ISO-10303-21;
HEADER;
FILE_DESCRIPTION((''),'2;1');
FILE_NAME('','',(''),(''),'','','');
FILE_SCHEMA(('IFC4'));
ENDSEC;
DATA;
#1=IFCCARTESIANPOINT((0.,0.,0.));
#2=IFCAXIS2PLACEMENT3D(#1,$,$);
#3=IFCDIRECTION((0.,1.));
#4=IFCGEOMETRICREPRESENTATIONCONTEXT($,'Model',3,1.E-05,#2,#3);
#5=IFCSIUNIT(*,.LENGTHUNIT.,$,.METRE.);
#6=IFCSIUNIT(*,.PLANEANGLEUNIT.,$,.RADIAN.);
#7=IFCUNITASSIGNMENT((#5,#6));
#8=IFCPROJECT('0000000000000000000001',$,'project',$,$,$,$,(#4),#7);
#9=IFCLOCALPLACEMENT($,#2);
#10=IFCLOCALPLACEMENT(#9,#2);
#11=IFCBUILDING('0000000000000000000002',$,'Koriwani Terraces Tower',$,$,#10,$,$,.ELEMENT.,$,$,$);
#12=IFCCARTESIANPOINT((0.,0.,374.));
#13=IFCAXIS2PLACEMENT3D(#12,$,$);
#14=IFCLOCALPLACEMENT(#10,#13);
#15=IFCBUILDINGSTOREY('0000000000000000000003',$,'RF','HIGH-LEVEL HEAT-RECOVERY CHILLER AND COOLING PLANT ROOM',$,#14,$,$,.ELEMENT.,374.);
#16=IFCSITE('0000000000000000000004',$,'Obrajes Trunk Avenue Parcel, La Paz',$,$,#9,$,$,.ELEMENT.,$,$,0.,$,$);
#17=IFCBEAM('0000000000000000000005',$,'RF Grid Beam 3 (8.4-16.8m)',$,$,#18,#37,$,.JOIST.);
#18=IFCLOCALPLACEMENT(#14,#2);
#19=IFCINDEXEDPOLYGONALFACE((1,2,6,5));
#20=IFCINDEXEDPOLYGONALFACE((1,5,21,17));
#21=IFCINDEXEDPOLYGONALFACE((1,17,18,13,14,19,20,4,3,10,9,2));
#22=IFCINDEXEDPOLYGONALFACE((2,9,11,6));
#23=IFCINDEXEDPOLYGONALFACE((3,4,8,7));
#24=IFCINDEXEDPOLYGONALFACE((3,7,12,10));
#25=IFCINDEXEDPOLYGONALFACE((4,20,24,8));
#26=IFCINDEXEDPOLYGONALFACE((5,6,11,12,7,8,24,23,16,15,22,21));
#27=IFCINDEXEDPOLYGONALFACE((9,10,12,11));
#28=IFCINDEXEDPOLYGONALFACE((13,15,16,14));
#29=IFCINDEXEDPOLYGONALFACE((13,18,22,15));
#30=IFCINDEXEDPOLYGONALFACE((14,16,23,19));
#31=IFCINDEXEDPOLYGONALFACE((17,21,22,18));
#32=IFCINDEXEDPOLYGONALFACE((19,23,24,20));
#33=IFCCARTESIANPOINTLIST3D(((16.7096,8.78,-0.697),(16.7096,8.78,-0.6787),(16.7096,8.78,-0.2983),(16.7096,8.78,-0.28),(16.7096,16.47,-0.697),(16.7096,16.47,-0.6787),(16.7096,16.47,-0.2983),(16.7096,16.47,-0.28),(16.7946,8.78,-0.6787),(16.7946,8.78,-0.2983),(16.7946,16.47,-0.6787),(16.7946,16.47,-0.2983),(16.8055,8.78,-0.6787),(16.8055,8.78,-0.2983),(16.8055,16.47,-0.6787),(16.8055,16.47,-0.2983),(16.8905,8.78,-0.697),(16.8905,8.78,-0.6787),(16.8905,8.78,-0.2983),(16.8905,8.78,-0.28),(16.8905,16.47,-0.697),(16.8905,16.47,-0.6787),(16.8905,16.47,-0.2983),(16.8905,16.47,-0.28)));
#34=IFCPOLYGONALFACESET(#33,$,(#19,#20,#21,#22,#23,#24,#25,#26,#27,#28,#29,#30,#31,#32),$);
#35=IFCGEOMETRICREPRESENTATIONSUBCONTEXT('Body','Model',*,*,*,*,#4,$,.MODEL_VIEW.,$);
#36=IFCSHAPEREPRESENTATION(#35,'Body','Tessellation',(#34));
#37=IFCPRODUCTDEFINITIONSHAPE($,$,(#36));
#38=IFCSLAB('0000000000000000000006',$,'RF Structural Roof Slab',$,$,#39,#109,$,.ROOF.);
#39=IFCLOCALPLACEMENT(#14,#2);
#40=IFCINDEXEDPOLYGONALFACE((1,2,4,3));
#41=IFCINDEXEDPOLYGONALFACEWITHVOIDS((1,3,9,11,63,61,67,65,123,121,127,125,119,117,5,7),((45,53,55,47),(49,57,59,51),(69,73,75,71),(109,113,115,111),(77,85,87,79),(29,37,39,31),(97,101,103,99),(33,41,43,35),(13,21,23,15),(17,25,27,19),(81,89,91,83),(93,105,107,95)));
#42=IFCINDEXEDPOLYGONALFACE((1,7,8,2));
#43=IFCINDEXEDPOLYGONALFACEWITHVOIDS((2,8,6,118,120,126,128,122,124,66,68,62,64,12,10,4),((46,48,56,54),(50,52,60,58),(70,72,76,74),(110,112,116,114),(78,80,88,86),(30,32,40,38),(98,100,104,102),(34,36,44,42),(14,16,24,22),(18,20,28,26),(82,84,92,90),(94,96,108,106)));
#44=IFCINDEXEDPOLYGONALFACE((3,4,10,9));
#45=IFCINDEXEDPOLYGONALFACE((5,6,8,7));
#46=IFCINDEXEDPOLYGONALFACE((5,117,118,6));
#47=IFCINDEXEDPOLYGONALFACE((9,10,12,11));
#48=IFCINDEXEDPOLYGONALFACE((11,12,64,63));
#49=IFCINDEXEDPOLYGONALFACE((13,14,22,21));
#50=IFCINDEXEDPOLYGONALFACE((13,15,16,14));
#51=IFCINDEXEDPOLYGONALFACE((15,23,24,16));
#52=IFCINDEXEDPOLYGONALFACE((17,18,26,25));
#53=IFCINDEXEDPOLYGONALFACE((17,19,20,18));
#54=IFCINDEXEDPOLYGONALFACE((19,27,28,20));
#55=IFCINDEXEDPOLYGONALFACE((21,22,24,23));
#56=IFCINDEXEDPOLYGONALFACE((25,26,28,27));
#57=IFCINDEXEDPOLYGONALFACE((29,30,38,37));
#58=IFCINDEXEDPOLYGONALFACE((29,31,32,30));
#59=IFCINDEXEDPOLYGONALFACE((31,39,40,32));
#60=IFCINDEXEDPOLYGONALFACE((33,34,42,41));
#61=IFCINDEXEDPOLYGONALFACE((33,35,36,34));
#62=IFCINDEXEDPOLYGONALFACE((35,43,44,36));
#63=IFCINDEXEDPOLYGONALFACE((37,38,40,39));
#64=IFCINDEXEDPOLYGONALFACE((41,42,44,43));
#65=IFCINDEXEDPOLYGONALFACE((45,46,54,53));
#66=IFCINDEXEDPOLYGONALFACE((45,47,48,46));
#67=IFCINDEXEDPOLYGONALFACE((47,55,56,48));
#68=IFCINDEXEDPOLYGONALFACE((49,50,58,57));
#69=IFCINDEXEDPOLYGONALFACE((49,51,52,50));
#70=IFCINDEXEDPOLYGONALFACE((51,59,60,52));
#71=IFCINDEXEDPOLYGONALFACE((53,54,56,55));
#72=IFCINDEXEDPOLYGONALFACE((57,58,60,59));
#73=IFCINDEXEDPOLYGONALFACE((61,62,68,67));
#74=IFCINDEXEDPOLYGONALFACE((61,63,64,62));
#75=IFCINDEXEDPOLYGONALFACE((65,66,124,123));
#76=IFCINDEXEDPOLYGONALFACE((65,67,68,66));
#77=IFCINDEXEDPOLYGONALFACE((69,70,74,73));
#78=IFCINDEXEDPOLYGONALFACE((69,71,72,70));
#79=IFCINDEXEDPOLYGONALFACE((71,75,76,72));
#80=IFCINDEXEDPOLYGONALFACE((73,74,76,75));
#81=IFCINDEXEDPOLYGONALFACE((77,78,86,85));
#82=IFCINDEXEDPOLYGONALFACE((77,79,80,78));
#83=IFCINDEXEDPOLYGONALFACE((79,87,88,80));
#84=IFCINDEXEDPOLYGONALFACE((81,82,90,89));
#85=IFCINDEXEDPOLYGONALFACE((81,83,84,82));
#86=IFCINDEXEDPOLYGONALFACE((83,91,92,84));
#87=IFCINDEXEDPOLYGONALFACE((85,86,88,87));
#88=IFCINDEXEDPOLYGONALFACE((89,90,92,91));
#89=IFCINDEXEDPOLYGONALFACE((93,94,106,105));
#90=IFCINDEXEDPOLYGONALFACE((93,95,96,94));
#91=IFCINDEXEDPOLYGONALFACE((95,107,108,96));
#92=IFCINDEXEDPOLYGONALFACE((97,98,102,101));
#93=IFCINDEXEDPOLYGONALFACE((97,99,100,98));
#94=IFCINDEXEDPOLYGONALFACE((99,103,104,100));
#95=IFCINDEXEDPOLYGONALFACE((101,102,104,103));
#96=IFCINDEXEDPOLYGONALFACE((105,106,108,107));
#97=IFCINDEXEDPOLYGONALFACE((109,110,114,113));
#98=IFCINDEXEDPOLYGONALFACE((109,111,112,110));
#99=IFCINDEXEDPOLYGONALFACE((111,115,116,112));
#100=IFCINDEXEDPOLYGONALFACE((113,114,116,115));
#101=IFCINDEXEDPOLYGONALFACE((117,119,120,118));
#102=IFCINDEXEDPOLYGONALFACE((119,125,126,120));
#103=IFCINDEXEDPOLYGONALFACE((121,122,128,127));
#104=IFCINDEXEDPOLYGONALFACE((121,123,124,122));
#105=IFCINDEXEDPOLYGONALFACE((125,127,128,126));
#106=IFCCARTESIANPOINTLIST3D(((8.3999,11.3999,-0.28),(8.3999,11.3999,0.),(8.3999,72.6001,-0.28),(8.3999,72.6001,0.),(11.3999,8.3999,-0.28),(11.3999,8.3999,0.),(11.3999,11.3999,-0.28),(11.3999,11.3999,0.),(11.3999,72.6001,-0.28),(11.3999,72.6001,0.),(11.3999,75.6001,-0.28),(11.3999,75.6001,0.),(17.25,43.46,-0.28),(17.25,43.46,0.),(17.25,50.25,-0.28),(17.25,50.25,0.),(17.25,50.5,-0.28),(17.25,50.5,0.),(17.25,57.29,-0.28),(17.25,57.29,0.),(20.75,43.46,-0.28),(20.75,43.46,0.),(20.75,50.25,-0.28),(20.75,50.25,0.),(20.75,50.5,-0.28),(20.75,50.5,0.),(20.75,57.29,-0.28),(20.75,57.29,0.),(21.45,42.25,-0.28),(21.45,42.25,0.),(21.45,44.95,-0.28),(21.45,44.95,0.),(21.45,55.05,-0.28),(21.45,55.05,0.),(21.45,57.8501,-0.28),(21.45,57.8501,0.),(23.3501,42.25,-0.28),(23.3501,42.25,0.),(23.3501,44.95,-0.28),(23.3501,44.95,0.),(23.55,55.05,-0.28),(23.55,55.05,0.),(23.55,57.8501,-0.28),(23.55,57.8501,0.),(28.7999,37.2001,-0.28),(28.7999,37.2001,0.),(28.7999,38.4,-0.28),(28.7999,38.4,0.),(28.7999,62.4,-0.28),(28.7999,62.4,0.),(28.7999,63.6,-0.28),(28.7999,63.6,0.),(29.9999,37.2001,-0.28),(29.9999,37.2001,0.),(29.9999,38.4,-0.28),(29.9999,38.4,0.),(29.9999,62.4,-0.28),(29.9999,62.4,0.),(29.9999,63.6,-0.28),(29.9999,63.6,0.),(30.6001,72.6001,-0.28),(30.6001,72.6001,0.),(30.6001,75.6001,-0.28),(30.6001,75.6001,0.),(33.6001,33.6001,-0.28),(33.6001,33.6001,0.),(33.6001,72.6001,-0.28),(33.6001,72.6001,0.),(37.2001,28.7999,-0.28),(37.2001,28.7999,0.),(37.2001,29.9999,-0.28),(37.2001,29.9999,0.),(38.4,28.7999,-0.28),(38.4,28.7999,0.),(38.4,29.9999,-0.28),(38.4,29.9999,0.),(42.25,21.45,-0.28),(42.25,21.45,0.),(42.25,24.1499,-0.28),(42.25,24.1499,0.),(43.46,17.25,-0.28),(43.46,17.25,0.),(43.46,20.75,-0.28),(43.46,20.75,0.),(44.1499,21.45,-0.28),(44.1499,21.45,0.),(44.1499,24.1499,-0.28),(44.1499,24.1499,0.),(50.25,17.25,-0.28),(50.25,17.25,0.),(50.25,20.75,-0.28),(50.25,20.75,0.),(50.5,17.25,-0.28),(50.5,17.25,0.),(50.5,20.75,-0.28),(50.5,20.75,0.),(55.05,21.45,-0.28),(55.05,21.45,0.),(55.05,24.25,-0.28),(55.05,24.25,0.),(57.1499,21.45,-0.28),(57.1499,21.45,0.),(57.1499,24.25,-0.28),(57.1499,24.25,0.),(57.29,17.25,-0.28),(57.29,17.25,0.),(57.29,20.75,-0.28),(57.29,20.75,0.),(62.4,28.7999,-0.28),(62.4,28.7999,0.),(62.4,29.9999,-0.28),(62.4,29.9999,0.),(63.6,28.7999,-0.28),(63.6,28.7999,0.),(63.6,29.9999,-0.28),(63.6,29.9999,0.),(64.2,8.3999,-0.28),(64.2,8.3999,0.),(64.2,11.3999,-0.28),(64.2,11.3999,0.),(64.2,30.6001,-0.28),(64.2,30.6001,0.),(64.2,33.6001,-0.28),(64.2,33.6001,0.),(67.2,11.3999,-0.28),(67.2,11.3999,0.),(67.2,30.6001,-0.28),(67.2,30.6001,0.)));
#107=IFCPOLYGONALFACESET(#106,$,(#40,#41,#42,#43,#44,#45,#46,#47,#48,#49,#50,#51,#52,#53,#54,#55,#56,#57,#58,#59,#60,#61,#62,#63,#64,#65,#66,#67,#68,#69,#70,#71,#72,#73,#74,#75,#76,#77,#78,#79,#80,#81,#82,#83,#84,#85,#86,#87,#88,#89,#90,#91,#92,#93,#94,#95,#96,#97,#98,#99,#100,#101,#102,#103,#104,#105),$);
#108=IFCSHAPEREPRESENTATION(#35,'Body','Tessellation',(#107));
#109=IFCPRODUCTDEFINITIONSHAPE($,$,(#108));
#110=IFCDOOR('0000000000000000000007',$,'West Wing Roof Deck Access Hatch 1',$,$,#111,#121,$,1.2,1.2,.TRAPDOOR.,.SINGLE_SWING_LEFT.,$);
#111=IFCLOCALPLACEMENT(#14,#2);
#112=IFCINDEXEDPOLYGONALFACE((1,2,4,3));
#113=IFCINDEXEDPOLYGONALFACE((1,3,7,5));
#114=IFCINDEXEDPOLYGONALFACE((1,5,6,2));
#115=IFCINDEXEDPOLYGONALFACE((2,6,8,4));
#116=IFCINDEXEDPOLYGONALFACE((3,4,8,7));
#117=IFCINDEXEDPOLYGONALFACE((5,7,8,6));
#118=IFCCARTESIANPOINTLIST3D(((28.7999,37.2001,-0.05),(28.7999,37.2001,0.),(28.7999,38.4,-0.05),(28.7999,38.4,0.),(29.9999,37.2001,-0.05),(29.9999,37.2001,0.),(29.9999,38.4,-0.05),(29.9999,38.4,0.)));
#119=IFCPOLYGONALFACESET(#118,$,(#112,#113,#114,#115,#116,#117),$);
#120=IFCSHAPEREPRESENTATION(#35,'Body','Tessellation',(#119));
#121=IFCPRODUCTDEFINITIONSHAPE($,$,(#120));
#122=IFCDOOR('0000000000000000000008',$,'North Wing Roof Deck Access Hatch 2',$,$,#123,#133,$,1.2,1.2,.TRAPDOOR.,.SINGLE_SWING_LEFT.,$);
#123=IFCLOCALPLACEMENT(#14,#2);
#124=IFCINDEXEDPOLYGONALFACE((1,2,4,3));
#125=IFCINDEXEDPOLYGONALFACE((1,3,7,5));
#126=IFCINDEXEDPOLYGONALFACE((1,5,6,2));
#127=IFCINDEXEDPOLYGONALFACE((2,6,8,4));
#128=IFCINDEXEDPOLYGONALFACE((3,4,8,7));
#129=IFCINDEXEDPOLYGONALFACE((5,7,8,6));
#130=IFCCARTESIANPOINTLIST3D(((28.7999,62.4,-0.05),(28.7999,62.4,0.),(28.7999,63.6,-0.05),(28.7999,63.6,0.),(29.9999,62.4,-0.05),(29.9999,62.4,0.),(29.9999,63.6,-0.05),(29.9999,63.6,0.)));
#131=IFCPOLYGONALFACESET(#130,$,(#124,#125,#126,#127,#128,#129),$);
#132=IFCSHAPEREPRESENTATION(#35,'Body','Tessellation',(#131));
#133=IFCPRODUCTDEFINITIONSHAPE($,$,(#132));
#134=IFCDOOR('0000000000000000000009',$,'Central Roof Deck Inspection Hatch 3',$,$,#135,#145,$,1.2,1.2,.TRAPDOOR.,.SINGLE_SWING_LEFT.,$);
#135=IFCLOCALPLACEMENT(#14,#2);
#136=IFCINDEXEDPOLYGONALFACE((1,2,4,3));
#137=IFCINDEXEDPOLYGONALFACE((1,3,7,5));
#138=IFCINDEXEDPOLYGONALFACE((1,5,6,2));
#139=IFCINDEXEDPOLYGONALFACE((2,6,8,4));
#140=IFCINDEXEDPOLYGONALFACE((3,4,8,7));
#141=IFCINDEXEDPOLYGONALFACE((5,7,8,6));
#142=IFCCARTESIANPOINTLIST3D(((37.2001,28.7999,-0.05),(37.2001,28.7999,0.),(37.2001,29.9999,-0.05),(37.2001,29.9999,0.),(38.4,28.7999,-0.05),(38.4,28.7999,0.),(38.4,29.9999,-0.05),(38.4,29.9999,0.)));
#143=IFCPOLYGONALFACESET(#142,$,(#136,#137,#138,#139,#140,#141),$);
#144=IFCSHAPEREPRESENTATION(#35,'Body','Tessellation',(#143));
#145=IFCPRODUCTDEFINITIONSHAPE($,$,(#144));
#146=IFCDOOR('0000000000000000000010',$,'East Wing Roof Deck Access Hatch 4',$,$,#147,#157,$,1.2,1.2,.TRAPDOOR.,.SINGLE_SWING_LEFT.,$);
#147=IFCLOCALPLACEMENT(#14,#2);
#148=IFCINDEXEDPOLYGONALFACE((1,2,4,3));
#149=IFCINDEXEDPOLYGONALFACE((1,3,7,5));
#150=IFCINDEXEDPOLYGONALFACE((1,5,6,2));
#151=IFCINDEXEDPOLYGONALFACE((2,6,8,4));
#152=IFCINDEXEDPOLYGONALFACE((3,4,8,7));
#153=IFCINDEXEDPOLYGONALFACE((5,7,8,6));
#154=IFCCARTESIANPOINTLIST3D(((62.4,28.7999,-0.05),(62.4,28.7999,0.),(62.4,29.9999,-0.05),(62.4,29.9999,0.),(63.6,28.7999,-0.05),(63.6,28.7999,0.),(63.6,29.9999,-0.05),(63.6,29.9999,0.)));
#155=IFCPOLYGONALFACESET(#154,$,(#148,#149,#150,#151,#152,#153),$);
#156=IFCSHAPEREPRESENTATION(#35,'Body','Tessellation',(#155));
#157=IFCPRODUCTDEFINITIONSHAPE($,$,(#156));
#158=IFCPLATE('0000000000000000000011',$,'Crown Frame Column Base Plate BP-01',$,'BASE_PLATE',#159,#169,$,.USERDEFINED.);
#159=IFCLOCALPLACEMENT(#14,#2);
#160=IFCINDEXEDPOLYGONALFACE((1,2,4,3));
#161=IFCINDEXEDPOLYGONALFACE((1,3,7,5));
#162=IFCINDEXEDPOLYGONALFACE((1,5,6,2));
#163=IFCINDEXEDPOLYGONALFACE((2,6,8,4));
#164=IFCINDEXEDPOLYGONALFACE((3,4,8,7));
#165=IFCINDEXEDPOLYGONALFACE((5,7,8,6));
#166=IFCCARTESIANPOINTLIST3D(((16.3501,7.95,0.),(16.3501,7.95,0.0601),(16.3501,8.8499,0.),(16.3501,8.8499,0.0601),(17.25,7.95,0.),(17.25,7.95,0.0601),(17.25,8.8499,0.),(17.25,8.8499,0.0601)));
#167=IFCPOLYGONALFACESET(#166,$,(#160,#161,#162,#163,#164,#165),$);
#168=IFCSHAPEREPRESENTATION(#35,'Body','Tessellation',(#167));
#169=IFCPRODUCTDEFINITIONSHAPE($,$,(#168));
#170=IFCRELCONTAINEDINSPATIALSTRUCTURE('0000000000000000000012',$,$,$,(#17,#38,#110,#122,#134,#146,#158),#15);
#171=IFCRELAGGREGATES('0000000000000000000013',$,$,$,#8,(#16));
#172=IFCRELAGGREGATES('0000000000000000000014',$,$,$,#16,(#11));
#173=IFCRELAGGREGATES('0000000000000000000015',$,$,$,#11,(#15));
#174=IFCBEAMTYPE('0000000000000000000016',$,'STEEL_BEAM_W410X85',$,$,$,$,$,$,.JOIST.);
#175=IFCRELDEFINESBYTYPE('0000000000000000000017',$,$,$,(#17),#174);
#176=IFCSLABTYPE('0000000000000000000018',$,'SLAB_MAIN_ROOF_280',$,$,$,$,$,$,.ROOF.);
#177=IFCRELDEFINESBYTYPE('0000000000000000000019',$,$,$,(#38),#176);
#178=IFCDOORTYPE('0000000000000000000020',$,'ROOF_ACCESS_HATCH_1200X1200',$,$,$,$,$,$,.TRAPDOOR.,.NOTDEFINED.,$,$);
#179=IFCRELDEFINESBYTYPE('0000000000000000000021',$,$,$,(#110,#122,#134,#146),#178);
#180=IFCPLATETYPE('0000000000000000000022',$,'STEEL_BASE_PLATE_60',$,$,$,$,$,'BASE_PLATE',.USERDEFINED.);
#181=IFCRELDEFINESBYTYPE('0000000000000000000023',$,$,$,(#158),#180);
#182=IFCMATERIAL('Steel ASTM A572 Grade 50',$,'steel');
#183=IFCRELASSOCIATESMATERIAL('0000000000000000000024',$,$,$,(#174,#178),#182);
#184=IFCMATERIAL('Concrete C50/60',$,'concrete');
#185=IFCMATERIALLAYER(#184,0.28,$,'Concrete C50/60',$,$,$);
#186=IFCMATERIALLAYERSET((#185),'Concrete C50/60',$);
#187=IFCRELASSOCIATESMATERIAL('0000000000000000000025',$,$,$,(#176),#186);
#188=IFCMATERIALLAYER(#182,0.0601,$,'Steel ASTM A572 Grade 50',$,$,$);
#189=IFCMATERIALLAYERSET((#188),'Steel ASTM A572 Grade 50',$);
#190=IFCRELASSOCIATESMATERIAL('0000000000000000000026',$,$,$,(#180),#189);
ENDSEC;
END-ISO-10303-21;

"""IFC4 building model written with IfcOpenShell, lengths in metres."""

from ifc_helpers import new_model, si_unit, direction, frame, origin, origin_2d, place, context, subcontext, project, spatial, polyline, rectangle, i_section, outline, extrude, material, layer, layer_set, material_profile, profile_set, type_object, element, fill, save


model = new_model("IFC4")

# Units and contexts
model_context = context("Model", 3, precision=1e-05, world=origin(), true_north=direction((0.0, 1.0)))
body_context = subcontext(model_context, "Body", "Model", "MODEL_VIEW")
ifc_project = project(units=[si_unit("LENGTHUNIT", "METRE"), si_unit("PLANEANGLEUNIT", "RADIAN")], contexts=[model_context])

# Site, building, storey
site_placement = place(None, origin())
site = spatial("IfcSite", under=ifc_project, at=site_placement, Name="Obrajes Trunk Avenue Parcel, La Paz", CompositionType="ELEMENT", RefElevation=0.0)
building_placement = place(site_placement, origin())
building = spatial("IfcBuilding", under=site, at=building_placement, Name="Koriwani Terraces Tower", CompositionType="ELEMENT")
storey_placement = place(building_placement, frame((0.0, 0.0, 374.0)))
storey = spatial("IfcBuildingStorey", under=building, at=storey_placement, Name="RF", Description="HIGH-LEVEL HEAT-RECOVERY CHILLER AND COOLING PLANT ROOM", CompositionType="ELEMENT", Elevation=374.0)

# Shared definitions
ifc_material_1 = material(Name="Steel ASTM A572 Grade 50", Category="steel")

# Beam
ifc_material_profile_1 = material_profile(ifc_material_1, i_section(OverallWidth=0.1809, OverallDepth=0.417, WebThickness=0.011, FlangeThickness=0.0183, at=origin_2d()), Name="Steel ASTM A572 Grade 50", Category="LoadBearing")
ifc_profile_set_1 = profile_set([ifc_material_profile_1], Name="Steel ASTM A572 Grade 50")
beam_type_1 = type_object("IfcBeamType", Name="STEEL_BEAM_W410X85", PredefinedType="JOIST", material=ifc_profile_set_1)
beam_1_placement = place(storey_placement, frame((16.8, 8.78, -0.4885), z_axis=(0.0, 1.0, 0.0), x_axis=(-1.0, 0.0, 0.0)))
element("IfcBeam", 1, at=beam_1_placement, inside=storey, type_object=beam_type_1, Name="RF Grid Beam 3 (8.4-16.8m)", PredefinedType="JOIST", context=body_context, shape_type="SweptSolid", body=[
    extrude(i_section(OverallWidth=0.1809, OverallDepth=0.417, WebThickness=0.011, FlangeThickness=0.0183, at=origin_2d()), origin(), (0.0, 0.0, 1.0), 7.6899),
])

# Slab, openings, doors
ifc_material_2 = material(Name="Concrete C50/60", Category="concrete")
ifc_layer_1 = layer(ifc_material_2, 0.28, Name="Concrete C50/60")
ifc_layer_set_1 = layer_set([ifc_layer_1], Name="Concrete C50/60")
slab_type = type_object("IfcSlabType", Name="SLAB_MAIN_ROOF_280", PredefinedType="ROOF", material=ifc_layer_set_1)
slab_placement = place(storey_placement, frame((0.0, 0.0, -0.28)))
slab = element("IfcSlab", 2, at=slab_placement, inside=storey, type_object=slab_type, Name="RF Structural Roof Slab", PredefinedType="ROOF", context=body_context, shape_type="SweptSolid", body=[
    extrude(outline(polyline([(11.3999, 8.3999), (64.2, 8.3999), (64.2, 11.3999), (67.2, 11.3999), (67.2, 30.6001), (64.2, 30.6001), (64.2, 33.6001), (33.6001, 33.6001), (33.6001, 72.6001), (30.6001, 72.6001), (30.6001, 75.6001), (11.3999, 75.6001), (11.3999, 72.6001), (8.3999, 72.6001), (8.3999, 11.3999), (11.3999, 11.3999), (11.3999, 8.3999)]), holes=[polyline([(17.25, 43.46), (20.75, 43.46), (20.75, 50.25), (17.25, 50.25), (17.25, 43.46)]), polyline([(17.25, 50.5), (20.75, 50.5), (20.75, 57.29), (17.25, 57.29), (17.25, 50.5)]), polyline([(43.46, 17.25), (50.25, 17.25), (50.25, 20.75), (43.46, 20.75), (43.46, 17.25)]), polyline([(50.5, 17.25), (57.29, 17.25), (57.29, 20.75), (50.5, 20.75), (50.5, 17.25)]), polyline([(21.45, 55.05), (23.55, 55.05), (23.55, 57.8501), (21.45, 57.8501), (21.45, 55.05)]), polyline([(55.05, 21.45), (57.1499, 21.45), (57.1499, 24.25), (55.05, 24.25), (55.05, 21.45)]), polyline([(21.45, 42.25), (23.3501, 42.25), (23.3501, 44.95), (21.45, 44.95), (21.45, 42.25)]), polyline([(42.25, 21.45), (44.1499, 21.45), (44.1499, 24.1499), (42.25, 24.1499), (42.25, 21.45)])]), origin(), (0.0, 0.0, 1.0), 0.28),
])
opening_1_placement = place(slab_placement, frame((29.3999, 37.8, 0.0)))
opening_1 = element("IfcOpeningElement", 3, at=opening_1_placement, cuts=slab, PredefinedType="OPENING", context=body_context, shape_type="SweptSolid", body=[
    extrude(rectangle(XDim=1.2, YDim=1.2, at=origin_2d()), origin(), (0.0, 0.0, 1.0), 0.28),
])
opening_2_placement = place(slab_placement, frame((29.3999, 63.0, 0.0)))
opening_2 = element("IfcOpeningElement", 4, at=opening_2_placement, cuts=slab, PredefinedType="OPENING", context=body_context, shape_type="SweptSolid", body=[
    extrude(rectangle(XDim=1.2, YDim=1.2, at=origin_2d()), origin(), (0.0, 0.0, 1.0), 0.28),
])
opening_3_placement = place(slab_placement, frame((37.8, 29.3999, 0.0)))
opening_3 = element("IfcOpeningElement", 5, at=opening_3_placement, cuts=slab, PredefinedType="OPENING", context=body_context, shape_type="SweptSolid", body=[
    extrude(rectangle(XDim=1.2, YDim=1.2, at=origin_2d()), origin(), (0.0, 0.0, 1.0), 0.28),
])
opening_4_placement = place(slab_placement, frame((63.0, 29.3999, 0.0)))
opening_4 = element("IfcOpeningElement", 6, at=opening_4_placement, cuts=slab, PredefinedType="OPENING", context=body_context, shape_type="SweptSolid", body=[
    extrude(rectangle(XDim=1.2, YDim=1.2, at=origin_2d()), origin(), (0.0, 0.0, 1.0), 0.28),
])
door_type = type_object("IfcDoorType", Name="ROOF_ACCESS_HATCH_1200X1200", OperationType="NOTDEFINED", PredefinedType="TRAPDOOR", material=ifc_material_1)
door_1_placement = place(opening_1_placement, frame((0.0, 0.0, 0.23)))
door_1 = element("IfcDoor", 7, at=door_1_placement, inside=storey, type_object=door_type, Name="West Wing Roof Deck Access Hatch 1", OperationType="SINGLE_SWING_LEFT", OverallHeight=1.2, OverallWidth=1.2, PredefinedType="TRAPDOOR", context=body_context, shape_type="SweptSolid", body=[
    extrude(rectangle(XDim=1.2, YDim=1.2, at=origin_2d()), origin(), (0.0, 0.0, 1.0), 0.05),
])
fill(opening_1, door_1)
door_2_placement = place(opening_2_placement, frame((0.0, 0.0, 0.23)))
door_2 = element("IfcDoor", 8, at=door_2_placement, inside=storey, type_object=door_type, Name="North Wing Roof Deck Access Hatch 2", OperationType="SINGLE_SWING_LEFT", OverallHeight=1.2, OverallWidth=1.2, PredefinedType="TRAPDOOR", context=body_context, shape_type="SweptSolid", body=[
    extrude(rectangle(XDim=1.2, YDim=1.2, at=origin_2d()), origin(), (0.0, 0.0, 1.0), 0.05),
])
fill(opening_2, door_2)
door_3_placement = place(opening_3_placement, frame((0.0, 0.0, 0.23)))
door_3 = element("IfcDoor", 9, at=door_3_placement, inside=storey, type_object=door_type, Name="Central Roof Deck Inspection Hatch 3", OperationType="SINGLE_SWING_LEFT", OverallHeight=1.2, OverallWidth=1.2, PredefinedType="TRAPDOOR", context=body_context, shape_type="SweptSolid", body=[
    extrude(rectangle(XDim=1.2, YDim=1.2, at=origin_2d()), origin(), (0.0, 0.0, 1.0), 0.05),
])
fill(opening_3, door_3)
door_4_placement = place(opening_4_placement, frame((0.0, 0.0, 0.23)))
door_4 = element("IfcDoor", 10, at=door_4_placement, inside=storey, type_object=door_type, Name="East Wing Roof Deck Access Hatch 4", OperationType="SINGLE_SWING_LEFT", OverallHeight=1.2, OverallWidth=1.2, PredefinedType="TRAPDOOR", context=body_context, shape_type="SweptSolid", body=[
    extrude(rectangle(XDim=1.2, YDim=1.2, at=origin_2d()), origin(), (0.0, 0.0, 1.0), 0.05),
])
fill(opening_4, door_4)

# Plate
ifc_layer_2 = layer(ifc_material_1, 0.0601, Name="Steel ASTM A572 Grade 50")
ifc_layer_set_2 = layer_set([ifc_layer_2], Name="Steel ASTM A572 Grade 50")
plate_type_1 = type_object("IfcPlateType", Name="STEEL_BASE_PLATE_60", ElementType="BASE_PLATE", PredefinedType="USERDEFINED", material=ifc_layer_set_2)
for number, where, z_axis, x_axis, name in (
    (11, (16.8, 8.3999, 0.0), (0.0, 0.0, 1.0), (1.0, 0.0, 0.0), "Crown Frame Column Base Plate BP-01"),
):
    element("IfcPlate", number, at=place(storey_placement, frame(where, z_axis=z_axis, x_axis=x_axis)), inside=storey, type_object=plate_type_1, Name=name, ObjectType="BASE_PLATE", PredefinedType="USERDEFINED", context=body_context, shape_type="SweptSolid", body=[
        extrude(rectangle(XDim=0.8999, YDim=0.8999, at=origin_2d()), origin(), (0.0, 0.0, 1.0), 0.0601),
    ])

save(model, "model.ifc")
